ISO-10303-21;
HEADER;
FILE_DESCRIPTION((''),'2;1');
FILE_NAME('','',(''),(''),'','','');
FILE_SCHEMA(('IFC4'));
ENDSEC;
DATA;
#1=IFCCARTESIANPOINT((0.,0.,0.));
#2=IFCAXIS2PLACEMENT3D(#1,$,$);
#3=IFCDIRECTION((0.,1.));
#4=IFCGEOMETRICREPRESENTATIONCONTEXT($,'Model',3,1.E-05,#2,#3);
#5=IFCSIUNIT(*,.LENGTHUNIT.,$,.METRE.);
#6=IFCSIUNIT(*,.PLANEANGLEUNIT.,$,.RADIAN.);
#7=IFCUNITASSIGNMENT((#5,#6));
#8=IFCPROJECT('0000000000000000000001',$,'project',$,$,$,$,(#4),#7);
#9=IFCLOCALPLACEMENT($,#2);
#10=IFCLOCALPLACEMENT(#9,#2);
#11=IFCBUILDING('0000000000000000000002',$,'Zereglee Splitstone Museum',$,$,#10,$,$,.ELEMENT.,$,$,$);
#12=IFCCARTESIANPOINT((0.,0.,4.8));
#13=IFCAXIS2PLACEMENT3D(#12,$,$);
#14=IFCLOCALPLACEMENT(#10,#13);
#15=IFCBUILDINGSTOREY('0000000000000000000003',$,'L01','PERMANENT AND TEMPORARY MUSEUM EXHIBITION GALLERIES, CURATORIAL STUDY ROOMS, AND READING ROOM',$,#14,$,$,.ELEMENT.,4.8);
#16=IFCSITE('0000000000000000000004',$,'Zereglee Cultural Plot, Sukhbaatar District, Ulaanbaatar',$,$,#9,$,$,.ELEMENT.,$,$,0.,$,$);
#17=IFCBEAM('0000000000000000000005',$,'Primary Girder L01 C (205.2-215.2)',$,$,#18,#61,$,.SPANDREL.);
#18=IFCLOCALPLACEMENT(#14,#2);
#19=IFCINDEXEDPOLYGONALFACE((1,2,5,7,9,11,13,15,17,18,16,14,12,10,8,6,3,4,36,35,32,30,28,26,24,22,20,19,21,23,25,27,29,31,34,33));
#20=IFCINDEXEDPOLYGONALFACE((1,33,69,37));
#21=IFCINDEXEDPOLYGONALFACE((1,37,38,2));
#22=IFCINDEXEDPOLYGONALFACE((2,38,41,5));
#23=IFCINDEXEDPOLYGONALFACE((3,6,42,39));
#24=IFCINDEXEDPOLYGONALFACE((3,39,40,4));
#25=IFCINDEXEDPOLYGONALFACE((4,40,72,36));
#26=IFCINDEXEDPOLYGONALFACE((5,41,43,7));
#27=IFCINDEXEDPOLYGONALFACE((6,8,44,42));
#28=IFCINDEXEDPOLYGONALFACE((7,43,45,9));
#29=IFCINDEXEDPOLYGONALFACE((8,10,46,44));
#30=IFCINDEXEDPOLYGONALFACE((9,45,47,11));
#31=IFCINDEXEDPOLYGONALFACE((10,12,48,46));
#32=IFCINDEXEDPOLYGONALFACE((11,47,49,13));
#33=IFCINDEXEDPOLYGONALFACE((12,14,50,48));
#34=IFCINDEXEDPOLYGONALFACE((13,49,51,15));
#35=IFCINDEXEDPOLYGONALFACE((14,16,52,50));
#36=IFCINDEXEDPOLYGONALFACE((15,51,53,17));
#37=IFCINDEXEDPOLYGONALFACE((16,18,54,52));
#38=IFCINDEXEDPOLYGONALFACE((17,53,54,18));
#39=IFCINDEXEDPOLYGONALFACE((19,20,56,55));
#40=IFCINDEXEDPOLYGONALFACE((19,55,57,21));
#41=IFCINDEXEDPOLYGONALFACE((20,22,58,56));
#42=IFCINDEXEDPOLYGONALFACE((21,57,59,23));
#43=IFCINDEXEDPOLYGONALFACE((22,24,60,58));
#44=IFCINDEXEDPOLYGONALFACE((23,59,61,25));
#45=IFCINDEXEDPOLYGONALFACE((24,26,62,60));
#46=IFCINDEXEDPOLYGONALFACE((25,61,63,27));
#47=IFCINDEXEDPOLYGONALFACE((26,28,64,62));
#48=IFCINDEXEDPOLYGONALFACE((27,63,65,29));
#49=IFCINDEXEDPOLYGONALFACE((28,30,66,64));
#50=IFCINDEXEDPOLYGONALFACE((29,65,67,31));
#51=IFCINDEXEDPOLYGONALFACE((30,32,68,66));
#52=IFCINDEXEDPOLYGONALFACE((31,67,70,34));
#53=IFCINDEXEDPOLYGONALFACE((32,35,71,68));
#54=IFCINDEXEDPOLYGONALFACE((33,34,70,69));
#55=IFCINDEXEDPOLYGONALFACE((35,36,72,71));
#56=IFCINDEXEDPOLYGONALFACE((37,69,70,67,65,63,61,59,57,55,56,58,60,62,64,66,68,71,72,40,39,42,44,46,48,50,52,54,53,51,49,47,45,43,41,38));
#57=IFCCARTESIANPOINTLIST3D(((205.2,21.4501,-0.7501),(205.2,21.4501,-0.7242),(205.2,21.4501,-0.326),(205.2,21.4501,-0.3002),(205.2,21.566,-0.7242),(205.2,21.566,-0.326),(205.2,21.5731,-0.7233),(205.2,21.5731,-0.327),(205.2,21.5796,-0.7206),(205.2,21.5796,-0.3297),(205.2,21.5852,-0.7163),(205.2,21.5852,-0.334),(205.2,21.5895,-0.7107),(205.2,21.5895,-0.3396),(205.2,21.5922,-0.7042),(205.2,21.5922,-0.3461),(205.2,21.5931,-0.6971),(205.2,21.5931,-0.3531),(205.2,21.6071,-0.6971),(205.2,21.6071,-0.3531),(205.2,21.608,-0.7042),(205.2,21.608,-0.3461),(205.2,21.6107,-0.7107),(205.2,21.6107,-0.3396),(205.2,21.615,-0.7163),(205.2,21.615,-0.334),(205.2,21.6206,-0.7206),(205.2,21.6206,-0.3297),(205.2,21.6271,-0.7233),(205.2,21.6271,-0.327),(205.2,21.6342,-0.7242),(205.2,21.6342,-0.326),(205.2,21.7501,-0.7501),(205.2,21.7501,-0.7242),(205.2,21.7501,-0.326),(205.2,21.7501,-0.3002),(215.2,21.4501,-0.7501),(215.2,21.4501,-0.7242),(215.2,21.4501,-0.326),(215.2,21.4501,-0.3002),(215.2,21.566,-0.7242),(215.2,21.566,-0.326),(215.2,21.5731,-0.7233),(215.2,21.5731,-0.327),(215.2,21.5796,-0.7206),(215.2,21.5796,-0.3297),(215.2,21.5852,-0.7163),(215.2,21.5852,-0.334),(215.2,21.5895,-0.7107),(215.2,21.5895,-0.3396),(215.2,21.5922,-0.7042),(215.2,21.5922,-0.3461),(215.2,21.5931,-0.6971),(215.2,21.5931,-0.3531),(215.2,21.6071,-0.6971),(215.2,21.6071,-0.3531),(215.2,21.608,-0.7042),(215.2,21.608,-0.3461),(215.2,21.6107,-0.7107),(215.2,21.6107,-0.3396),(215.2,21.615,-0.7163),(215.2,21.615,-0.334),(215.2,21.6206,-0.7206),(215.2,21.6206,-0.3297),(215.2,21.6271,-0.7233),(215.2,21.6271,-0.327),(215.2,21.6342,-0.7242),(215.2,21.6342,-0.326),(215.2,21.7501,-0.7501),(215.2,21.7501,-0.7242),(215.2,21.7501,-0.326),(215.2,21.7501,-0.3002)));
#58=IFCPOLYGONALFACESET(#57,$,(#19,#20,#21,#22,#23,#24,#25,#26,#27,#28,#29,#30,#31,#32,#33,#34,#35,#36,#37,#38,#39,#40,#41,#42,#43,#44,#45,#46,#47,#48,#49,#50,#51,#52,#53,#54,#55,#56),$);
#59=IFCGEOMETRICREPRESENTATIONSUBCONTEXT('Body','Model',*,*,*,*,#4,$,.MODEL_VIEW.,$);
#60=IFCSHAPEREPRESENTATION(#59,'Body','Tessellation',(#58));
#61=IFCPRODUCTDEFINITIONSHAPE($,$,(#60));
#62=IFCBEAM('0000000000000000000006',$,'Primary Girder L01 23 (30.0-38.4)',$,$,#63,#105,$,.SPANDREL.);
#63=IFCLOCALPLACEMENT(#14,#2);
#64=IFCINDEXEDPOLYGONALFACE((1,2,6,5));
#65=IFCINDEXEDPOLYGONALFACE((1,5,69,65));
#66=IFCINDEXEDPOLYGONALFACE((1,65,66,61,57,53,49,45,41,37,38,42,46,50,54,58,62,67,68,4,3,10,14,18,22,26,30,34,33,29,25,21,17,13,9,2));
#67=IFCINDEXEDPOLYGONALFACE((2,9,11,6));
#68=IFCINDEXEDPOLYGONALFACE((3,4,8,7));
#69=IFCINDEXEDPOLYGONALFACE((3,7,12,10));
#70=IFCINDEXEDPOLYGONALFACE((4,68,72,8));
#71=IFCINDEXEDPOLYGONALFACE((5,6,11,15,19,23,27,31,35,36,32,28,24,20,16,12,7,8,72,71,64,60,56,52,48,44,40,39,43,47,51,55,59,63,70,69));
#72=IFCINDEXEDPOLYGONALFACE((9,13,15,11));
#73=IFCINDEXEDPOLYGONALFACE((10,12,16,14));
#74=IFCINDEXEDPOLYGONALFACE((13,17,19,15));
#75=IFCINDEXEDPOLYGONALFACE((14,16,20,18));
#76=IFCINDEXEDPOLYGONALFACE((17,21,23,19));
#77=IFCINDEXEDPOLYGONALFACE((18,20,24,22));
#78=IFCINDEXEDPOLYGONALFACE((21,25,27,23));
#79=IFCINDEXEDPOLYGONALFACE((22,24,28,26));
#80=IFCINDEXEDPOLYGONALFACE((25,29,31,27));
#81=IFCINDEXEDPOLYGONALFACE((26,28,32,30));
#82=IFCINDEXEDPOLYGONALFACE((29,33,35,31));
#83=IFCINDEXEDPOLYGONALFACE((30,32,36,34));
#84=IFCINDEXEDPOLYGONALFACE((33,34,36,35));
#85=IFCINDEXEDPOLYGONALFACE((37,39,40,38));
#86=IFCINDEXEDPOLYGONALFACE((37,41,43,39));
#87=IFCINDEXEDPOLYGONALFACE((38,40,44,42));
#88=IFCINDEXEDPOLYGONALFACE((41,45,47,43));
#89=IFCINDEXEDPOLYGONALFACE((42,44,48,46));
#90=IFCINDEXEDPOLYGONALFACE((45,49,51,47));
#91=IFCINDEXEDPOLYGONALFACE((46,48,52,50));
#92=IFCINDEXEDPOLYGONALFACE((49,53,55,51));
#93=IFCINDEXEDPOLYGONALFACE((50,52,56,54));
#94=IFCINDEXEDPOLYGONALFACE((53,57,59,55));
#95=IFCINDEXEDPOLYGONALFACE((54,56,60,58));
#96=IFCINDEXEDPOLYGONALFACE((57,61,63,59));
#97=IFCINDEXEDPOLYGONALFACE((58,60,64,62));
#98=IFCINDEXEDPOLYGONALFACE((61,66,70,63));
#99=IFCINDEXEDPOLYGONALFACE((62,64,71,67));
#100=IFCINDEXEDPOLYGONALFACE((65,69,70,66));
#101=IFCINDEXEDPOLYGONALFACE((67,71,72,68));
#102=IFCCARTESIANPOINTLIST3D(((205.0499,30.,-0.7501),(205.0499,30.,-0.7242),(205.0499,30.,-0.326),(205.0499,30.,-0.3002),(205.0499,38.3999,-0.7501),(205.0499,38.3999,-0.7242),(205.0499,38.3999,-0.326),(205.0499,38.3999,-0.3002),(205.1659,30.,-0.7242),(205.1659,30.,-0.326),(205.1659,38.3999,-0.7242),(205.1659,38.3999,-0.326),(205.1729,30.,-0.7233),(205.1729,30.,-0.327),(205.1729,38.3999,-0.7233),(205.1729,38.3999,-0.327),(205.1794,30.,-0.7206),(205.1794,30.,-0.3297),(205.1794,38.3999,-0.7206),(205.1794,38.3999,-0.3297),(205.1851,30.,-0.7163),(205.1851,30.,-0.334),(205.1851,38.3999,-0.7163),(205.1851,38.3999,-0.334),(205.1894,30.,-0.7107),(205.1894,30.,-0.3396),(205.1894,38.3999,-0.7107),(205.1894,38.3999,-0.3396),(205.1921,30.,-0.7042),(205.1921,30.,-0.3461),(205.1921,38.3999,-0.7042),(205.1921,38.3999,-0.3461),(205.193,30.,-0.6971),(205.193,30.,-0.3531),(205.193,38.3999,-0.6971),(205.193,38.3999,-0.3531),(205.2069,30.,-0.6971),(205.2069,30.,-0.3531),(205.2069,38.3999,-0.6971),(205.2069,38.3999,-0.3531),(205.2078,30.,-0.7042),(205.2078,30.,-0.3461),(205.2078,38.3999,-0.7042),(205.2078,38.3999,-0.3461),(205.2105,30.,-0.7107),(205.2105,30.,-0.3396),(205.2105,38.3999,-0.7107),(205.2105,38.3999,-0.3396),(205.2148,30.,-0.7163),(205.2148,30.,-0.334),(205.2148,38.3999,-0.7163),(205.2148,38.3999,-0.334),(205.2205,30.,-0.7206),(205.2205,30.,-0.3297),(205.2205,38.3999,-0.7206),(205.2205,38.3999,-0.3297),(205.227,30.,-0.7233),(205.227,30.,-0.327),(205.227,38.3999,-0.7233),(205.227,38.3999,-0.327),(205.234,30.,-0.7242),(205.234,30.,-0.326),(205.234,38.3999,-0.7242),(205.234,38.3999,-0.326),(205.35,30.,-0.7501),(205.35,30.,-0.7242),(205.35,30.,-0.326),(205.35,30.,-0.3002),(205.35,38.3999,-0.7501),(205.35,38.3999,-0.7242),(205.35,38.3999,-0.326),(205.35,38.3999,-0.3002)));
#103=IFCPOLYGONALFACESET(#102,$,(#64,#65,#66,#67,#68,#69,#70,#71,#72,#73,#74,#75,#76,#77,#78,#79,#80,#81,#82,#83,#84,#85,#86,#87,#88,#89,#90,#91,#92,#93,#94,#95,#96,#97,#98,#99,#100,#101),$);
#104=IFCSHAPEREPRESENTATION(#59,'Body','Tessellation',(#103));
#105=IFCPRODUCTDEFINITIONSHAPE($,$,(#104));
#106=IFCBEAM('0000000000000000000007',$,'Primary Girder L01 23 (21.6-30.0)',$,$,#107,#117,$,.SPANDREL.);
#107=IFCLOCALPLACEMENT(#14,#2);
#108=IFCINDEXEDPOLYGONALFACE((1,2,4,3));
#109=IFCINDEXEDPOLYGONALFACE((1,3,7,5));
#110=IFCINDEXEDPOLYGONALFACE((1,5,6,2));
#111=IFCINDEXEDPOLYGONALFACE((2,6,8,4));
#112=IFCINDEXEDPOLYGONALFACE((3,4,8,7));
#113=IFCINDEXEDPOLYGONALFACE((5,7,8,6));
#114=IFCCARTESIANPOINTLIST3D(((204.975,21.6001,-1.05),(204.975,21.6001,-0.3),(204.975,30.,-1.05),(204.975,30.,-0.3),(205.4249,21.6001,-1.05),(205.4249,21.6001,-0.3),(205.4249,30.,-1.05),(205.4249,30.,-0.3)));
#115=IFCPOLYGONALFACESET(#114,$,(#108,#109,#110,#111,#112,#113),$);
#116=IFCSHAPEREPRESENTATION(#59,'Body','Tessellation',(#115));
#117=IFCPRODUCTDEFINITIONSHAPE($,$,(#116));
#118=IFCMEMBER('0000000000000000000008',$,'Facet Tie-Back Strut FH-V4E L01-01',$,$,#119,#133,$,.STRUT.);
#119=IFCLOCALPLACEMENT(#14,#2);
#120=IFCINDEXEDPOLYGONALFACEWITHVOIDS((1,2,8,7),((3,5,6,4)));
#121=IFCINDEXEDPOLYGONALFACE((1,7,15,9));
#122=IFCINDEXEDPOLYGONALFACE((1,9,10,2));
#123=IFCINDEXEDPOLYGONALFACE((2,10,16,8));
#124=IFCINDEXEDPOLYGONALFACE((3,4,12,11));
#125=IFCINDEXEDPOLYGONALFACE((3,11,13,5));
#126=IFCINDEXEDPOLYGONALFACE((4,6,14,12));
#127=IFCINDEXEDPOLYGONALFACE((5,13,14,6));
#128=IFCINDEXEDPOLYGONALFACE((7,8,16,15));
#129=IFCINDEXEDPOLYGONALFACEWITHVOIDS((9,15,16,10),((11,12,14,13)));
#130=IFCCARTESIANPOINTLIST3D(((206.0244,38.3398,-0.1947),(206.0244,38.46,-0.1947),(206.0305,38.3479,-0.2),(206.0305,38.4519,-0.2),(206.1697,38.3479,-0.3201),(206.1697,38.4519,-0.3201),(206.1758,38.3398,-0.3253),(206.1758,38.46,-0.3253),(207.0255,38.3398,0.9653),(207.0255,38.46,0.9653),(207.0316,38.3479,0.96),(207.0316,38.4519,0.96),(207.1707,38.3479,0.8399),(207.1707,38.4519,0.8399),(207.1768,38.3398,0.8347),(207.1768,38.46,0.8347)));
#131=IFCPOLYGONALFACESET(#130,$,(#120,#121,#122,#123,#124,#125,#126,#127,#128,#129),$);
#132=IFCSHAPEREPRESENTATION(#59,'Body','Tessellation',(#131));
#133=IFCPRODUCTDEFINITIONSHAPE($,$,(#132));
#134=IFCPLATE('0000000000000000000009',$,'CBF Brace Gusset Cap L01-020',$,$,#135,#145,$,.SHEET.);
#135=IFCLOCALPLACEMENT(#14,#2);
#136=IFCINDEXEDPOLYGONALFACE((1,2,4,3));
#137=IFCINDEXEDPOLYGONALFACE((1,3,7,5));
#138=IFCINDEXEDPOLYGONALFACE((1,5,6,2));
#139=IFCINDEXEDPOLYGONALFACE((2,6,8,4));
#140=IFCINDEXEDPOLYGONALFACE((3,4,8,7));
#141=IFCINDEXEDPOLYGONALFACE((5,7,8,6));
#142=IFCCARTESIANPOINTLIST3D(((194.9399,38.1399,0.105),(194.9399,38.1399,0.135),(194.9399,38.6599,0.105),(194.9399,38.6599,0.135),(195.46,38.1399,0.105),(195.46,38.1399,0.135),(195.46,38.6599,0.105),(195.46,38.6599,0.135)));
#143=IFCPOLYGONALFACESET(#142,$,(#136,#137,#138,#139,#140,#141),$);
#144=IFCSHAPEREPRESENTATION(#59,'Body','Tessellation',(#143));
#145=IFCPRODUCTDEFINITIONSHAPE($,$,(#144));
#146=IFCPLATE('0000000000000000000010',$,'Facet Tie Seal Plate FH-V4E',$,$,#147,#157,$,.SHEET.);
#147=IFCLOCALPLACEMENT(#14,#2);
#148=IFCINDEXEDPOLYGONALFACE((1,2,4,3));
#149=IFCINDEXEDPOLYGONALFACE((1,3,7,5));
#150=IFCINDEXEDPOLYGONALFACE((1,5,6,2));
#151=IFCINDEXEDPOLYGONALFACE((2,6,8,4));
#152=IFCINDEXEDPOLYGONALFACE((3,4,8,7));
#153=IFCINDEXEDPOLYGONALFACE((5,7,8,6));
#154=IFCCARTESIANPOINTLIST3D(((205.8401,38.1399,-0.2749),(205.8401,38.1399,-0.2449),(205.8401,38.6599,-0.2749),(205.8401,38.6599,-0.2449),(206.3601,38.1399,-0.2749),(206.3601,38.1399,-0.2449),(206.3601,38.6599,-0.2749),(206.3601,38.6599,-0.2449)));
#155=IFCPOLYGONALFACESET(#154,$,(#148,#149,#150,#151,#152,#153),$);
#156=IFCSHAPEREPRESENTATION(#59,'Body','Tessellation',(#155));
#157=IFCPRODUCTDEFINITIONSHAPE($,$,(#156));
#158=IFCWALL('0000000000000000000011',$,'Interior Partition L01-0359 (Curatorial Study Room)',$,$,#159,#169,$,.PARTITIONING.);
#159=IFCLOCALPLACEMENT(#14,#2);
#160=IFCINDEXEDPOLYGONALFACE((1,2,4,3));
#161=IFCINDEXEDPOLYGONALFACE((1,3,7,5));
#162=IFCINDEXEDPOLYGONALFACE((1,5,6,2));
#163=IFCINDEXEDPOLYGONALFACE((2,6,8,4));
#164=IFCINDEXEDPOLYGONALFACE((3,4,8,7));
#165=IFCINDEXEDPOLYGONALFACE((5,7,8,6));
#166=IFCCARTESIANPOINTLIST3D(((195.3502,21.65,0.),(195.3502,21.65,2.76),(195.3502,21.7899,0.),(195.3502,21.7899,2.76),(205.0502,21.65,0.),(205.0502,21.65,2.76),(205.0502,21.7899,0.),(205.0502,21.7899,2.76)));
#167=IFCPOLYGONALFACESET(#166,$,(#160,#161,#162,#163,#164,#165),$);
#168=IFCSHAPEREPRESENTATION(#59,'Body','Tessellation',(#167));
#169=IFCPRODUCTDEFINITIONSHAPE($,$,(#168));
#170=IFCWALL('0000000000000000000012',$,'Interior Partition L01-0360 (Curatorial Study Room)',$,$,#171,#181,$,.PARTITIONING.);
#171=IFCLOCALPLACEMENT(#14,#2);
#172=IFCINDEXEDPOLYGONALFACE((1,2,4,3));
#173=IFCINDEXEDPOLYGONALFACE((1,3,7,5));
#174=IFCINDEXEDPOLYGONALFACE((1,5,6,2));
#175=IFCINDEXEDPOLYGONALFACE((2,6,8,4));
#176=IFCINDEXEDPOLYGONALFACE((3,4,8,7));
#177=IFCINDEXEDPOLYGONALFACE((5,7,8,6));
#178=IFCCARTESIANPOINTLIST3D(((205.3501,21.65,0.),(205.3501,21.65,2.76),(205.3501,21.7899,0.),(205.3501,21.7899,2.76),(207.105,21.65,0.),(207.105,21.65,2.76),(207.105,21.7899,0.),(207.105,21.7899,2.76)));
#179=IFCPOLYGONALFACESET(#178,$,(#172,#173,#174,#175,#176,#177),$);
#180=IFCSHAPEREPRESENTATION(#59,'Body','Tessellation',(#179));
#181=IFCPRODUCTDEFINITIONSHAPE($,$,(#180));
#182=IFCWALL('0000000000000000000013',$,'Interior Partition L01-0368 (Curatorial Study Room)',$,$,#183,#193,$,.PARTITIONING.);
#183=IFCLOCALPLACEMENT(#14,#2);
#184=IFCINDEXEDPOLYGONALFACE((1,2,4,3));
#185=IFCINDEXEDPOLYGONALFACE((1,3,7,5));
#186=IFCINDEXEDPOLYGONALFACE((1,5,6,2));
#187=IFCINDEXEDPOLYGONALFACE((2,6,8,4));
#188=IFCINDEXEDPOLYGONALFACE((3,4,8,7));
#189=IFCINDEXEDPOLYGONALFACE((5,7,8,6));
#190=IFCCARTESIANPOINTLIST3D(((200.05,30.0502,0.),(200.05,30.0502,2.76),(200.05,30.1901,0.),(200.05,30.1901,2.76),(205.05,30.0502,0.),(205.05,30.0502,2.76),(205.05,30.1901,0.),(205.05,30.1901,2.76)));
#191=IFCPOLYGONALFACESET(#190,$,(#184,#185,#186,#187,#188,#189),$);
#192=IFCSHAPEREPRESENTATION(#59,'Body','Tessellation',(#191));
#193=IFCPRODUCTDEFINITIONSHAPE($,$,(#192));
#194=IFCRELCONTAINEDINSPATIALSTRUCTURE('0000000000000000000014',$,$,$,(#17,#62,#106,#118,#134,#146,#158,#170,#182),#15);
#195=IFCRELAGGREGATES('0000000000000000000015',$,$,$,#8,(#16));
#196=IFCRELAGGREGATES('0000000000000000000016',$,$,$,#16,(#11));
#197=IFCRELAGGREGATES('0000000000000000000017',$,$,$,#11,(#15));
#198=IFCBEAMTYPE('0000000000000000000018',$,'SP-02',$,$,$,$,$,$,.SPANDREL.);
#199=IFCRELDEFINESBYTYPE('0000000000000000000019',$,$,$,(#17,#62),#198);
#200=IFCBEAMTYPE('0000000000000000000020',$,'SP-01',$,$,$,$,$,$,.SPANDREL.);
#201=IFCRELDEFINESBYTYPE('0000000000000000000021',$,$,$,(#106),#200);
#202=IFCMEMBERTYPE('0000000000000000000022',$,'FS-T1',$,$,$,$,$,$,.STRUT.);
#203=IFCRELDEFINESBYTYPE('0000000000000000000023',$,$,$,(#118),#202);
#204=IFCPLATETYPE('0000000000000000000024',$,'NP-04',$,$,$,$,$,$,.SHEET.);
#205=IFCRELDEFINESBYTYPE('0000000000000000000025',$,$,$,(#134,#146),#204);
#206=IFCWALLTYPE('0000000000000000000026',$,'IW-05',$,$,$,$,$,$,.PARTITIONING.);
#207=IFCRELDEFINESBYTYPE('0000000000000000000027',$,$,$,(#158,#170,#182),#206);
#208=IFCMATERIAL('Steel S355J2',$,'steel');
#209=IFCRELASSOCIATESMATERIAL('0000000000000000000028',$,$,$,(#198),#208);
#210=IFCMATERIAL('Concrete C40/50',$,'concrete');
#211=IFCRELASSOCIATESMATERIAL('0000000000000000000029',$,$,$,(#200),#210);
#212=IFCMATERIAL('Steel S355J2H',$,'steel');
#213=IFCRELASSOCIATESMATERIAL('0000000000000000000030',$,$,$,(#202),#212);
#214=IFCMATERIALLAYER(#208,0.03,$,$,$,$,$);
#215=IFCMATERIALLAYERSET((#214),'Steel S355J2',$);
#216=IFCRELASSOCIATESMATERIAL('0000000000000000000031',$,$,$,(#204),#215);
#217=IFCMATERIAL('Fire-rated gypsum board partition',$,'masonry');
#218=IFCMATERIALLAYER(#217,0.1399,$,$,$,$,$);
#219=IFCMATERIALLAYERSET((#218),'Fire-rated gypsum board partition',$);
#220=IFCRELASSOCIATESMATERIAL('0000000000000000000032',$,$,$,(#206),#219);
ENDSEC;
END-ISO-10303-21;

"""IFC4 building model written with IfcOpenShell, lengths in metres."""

from ifc_helpers import new_model, si_unit, direction, frame, frame_2d, origin, origin_2d, place, context, subcontext, project, spatial, rectangle, hollow_rectangle, i_section, extrude, material, layer, layer_set, material_profile, profile_set, type_object, element, save


model = new_model("IFC4")

# Units and contexts
model_context = context("Model", 3, precision=1e-05, world=origin(), true_north=direction((0.0, 1.0)))
body_context = subcontext(model_context, "Body", "Model", "MODEL_VIEW")
ifc_project = project(units=[si_unit("LENGTHUNIT", "METRE"), si_unit("PLANEANGLEUNIT", "RADIAN")], contexts=[model_context])

# Site, building, storey
site_placement = place(None, origin())
site = spatial("IfcSite", under=ifc_project, at=site_placement, Name="Zereglee Cultural Plot, Sukhbaatar District, Ulaanbaatar", CompositionType="ELEMENT", RefElevation=0.0)
building_placement = place(site_placement, origin())
building = spatial("IfcBuilding", under=site, at=building_placement, Name="Zereglee Splitstone Museum", CompositionType="ELEMENT")
storey_placement = place(building_placement, frame((0.0, 0.0, 4.8)))
storey = spatial("IfcBuildingStorey", under=building, at=storey_placement, Name="L01", Description="PERMANENT AND TEMPORARY MUSEUM EXHIBITION GALLERIES, CURATORIAL STUDY ROOMS, AND READING ROOM", CompositionType="ELEMENT", Elevation=4.8)

# Shared definitions
ifc_material_1 = material(Name="Steel S355J2H", Category="steel")
ifc_material_2 = material(Name="Steel S355J2", Category="steel")

# Beams
ifc_material_profile_1 = material_profile(ifc_material_2, i_section(OverallWidth=0.3, OverallDepth=0.45, WebThickness=0.0139, FlangeThickness=0.0259, FilletRadius=0.0271, at=origin_2d()), Name="HE 450 B")
ifc_profile_set_1 = profile_set([ifc_material_profile_1], Name="Steel S355J2")
beam_type_1 = type_object("IfcBeamType", Name="SP-02", PredefinedType="SPANDREL", material=ifc_profile_set_1)
beam_1_placement = place(storey_placement, frame((205.2, 21.6001, -0.5251), z_axis=(1.0, 0.0, 0.0), x_axis=(0.0, 1.0, 0.0)))
element("IfcBeam", 1, at=beam_1_placement, inside=storey, type_object=beam_type_1, Name="Primary Girder L01 C (205.2-215.2)", PredefinedType="SPANDREL", context=body_context, shape_type="SweptSolid", body=[
    extrude(i_section(OverallWidth=0.3, OverallDepth=0.45, WebThickness=0.0139, FlangeThickness=0.0259, FilletRadius=0.0271, at=origin_2d()), origin(), (0.0, 0.0, 1.0), 10.0),
])
beam_2_placement = place(storey_placement, frame((205.2, 30.0, -0.5251), z_axis=(0.0, 1.0, 0.0), x_axis=(-1.0, 0.0, 0.0)))
element("IfcBeam", 2, at=beam_2_placement, inside=storey, type_object=beam_type_1, Name="Primary Girder L01 23 (30.0-38.4)", PredefinedType="SPANDREL", context=body_context, shape_type="SweptSolid", body=[
    extrude(i_section(OverallWidth=0.3, OverallDepth=0.45, WebThickness=0.0139, FlangeThickness=0.0259, FilletRadius=0.0271, at=origin_2d()), origin(), (0.0, 0.0, 1.0), 8.3999),
])
ifc_material_3 = material(Name="Concrete C40/50", Category="concrete")
ifc_material_profile_2 = material_profile(ifc_material_3, rectangle(XDim=0.45, YDim=0.75, at=origin_2d()), Name="RC 450x750")
ifc_profile_set_2 = profile_set([ifc_material_profile_2], Name="Concrete C40/50")
beam_type_2 = type_object("IfcBeamType", Name="SP-01", PredefinedType="SPANDREL", material=ifc_profile_set_2)
beam_3_placement = place(storey_placement, frame((205.2, 21.6001, -0.675), z_axis=(0.0, 1.0, 0.0), x_axis=(-1.0, 0.0, 0.0)))
element("IfcBeam", 3, at=beam_3_placement, inside=storey, type_object=beam_type_2, Name="Primary Girder L01 23 (21.6-30.0)", PredefinedType="SPANDREL", context=body_context, shape_type="SweptSolid", body=[
    extrude(rectangle(XDim=0.45, YDim=0.75, at=origin_2d()), origin(), (0.0, 0.0, 1.0), 8.3999),
])

# Member
ifc_material_profile_3 = material_profile(ifc_material_1, hollow_rectangle(XDim=0.1201, YDim=0.2, WallThickness=0.0081, at=origin_2d()), Name="RHS 200x120x8")
ifc_profile_set_3 = profile_set([ifc_material_profile_3], Name="Steel S355J2H")
member_type_1 = type_object("IfcMemberType", Name="FS-T1", PredefinedType="STRUT", material=ifc_profile_set_3)
member_1_placement = place(storey_placement, frame((206.1001, 38.3999, -0.26), z_axis=(0.653334, 0.0, 0.75707), x_axis=(0.0, 1.0, 0.0)))
element("IfcMember", 4, at=member_1_placement, inside=storey, type_object=member_type_1, Name="Facet Tie-Back Strut FH-V4E L01-01", PredefinedType="STRUT", context=body_context, shape_type="SweptSolid", body=[
    extrude(hollow_rectangle(XDim=0.1201, YDim=0.2, WallThickness=0.0081, at=origin_2d()), origin(), (0.0, 0.0, 1.0), 1.5322),
])

# Plates
ifc_layer_1 = layer(ifc_material_2, 0.03)
ifc_layer_set_1 = layer_set([ifc_layer_1], Name="Steel S355J2")
plate_type = type_object("IfcPlateType", Name="NP-04", PredefinedType="SHEET", material=ifc_layer_set_1)
for number, where, z_axis, x_axis, name in (
    (5, (195.2, 38.3999, 0.105), (0.0, 0.0, 1.0), (1.0, 0.0, 0.0), "CBF Brace Gusset Cap L01-020"),
    (6, (206.1001, 38.3999, -0.2749), (0.0, 0.0, 1.0), (1.0, 0.0, 0.0), "Facet Tie Seal Plate FH-V4E"),
):
    element("IfcPlate", number, at=place(storey_placement, frame(where, z_axis=z_axis, x_axis=x_axis)), inside=storey, type_object=plate_type, Name=name, PredefinedType="SHEET", context=body_context, shape_type="SweptSolid", body=[
        extrude(rectangle(XDim=0.52, YDim=0.52, at=origin_2d()), origin(), (0.0, 0.0, 1.0), 0.03),
    ])

# Walls
ifc_material_4 = material(Name="Fire-rated gypsum board partition", Category="masonry")
ifc_layer_2 = layer(ifc_material_4, 0.1399)
ifc_layer_set_2 = layer_set([ifc_layer_2], Name="Fire-rated gypsum board partition")
wall_type = type_object("IfcWallType", Name="IW-05", PredefinedType="PARTITIONING", material=ifc_layer_set_2)
wall_1_placement = place(storey_placement, frame((195.3501, 21.72, 0.0), z_axis=(0.0, 0.0, 1.0), x_axis=(1.0, 0.0, 0.0)))
element("IfcWall", 7, at=wall_1_placement, inside=storey, type_object=wall_type, Name="Interior Partition L01-0359 (Curatorial Study Room)", PredefinedType="PARTITIONING", context=body_context, shape_type="SweptSolid", body=[
    extrude(rectangle(XDim=9.7, YDim=0.1399, at=frame_2d((4.8501, 0.0))), origin(), (0.0, 0.0, 1.0), 2.76),
])
wall_2_placement = place(storey_placement, frame((205.3501, 21.72, 0.0), z_axis=(0.0, 0.0, 1.0), x_axis=(1.0, 0.0, 0.0)))
element("IfcWall", 8, at=wall_2_placement, inside=storey, type_object=wall_type, Name="Interior Partition L01-0360 (Curatorial Study Room)", PredefinedType="PARTITIONING", context=body_context, shape_type="SweptSolid", body=[
    extrude(rectangle(XDim=1.7549, YDim=0.1399, at=frame_2d((0.8774, 0.0))), origin(), (0.0, 0.0, 1.0), 2.76),
])
wall_3_placement = place(storey_placement, frame((200.05, 30.1201, 0.0), z_axis=(0.0, 0.0, 1.0), x_axis=(1.0, 0.0, 0.0)))
element("IfcWall", 9, at=wall_3_placement, inside=storey, type_object=wall_type, Name="Interior Partition L01-0368 (Curatorial Study Room)", PredefinedType="PARTITIONING", context=body_context, shape_type="SweptSolid", body=[
    extrude(rectangle(XDim=5.0, YDim=0.1399, at=frame_2d((2.5, 0.0))), origin(), (0.0, 0.0, 1.0), 2.76),
])

save(model, "model.ifc")
